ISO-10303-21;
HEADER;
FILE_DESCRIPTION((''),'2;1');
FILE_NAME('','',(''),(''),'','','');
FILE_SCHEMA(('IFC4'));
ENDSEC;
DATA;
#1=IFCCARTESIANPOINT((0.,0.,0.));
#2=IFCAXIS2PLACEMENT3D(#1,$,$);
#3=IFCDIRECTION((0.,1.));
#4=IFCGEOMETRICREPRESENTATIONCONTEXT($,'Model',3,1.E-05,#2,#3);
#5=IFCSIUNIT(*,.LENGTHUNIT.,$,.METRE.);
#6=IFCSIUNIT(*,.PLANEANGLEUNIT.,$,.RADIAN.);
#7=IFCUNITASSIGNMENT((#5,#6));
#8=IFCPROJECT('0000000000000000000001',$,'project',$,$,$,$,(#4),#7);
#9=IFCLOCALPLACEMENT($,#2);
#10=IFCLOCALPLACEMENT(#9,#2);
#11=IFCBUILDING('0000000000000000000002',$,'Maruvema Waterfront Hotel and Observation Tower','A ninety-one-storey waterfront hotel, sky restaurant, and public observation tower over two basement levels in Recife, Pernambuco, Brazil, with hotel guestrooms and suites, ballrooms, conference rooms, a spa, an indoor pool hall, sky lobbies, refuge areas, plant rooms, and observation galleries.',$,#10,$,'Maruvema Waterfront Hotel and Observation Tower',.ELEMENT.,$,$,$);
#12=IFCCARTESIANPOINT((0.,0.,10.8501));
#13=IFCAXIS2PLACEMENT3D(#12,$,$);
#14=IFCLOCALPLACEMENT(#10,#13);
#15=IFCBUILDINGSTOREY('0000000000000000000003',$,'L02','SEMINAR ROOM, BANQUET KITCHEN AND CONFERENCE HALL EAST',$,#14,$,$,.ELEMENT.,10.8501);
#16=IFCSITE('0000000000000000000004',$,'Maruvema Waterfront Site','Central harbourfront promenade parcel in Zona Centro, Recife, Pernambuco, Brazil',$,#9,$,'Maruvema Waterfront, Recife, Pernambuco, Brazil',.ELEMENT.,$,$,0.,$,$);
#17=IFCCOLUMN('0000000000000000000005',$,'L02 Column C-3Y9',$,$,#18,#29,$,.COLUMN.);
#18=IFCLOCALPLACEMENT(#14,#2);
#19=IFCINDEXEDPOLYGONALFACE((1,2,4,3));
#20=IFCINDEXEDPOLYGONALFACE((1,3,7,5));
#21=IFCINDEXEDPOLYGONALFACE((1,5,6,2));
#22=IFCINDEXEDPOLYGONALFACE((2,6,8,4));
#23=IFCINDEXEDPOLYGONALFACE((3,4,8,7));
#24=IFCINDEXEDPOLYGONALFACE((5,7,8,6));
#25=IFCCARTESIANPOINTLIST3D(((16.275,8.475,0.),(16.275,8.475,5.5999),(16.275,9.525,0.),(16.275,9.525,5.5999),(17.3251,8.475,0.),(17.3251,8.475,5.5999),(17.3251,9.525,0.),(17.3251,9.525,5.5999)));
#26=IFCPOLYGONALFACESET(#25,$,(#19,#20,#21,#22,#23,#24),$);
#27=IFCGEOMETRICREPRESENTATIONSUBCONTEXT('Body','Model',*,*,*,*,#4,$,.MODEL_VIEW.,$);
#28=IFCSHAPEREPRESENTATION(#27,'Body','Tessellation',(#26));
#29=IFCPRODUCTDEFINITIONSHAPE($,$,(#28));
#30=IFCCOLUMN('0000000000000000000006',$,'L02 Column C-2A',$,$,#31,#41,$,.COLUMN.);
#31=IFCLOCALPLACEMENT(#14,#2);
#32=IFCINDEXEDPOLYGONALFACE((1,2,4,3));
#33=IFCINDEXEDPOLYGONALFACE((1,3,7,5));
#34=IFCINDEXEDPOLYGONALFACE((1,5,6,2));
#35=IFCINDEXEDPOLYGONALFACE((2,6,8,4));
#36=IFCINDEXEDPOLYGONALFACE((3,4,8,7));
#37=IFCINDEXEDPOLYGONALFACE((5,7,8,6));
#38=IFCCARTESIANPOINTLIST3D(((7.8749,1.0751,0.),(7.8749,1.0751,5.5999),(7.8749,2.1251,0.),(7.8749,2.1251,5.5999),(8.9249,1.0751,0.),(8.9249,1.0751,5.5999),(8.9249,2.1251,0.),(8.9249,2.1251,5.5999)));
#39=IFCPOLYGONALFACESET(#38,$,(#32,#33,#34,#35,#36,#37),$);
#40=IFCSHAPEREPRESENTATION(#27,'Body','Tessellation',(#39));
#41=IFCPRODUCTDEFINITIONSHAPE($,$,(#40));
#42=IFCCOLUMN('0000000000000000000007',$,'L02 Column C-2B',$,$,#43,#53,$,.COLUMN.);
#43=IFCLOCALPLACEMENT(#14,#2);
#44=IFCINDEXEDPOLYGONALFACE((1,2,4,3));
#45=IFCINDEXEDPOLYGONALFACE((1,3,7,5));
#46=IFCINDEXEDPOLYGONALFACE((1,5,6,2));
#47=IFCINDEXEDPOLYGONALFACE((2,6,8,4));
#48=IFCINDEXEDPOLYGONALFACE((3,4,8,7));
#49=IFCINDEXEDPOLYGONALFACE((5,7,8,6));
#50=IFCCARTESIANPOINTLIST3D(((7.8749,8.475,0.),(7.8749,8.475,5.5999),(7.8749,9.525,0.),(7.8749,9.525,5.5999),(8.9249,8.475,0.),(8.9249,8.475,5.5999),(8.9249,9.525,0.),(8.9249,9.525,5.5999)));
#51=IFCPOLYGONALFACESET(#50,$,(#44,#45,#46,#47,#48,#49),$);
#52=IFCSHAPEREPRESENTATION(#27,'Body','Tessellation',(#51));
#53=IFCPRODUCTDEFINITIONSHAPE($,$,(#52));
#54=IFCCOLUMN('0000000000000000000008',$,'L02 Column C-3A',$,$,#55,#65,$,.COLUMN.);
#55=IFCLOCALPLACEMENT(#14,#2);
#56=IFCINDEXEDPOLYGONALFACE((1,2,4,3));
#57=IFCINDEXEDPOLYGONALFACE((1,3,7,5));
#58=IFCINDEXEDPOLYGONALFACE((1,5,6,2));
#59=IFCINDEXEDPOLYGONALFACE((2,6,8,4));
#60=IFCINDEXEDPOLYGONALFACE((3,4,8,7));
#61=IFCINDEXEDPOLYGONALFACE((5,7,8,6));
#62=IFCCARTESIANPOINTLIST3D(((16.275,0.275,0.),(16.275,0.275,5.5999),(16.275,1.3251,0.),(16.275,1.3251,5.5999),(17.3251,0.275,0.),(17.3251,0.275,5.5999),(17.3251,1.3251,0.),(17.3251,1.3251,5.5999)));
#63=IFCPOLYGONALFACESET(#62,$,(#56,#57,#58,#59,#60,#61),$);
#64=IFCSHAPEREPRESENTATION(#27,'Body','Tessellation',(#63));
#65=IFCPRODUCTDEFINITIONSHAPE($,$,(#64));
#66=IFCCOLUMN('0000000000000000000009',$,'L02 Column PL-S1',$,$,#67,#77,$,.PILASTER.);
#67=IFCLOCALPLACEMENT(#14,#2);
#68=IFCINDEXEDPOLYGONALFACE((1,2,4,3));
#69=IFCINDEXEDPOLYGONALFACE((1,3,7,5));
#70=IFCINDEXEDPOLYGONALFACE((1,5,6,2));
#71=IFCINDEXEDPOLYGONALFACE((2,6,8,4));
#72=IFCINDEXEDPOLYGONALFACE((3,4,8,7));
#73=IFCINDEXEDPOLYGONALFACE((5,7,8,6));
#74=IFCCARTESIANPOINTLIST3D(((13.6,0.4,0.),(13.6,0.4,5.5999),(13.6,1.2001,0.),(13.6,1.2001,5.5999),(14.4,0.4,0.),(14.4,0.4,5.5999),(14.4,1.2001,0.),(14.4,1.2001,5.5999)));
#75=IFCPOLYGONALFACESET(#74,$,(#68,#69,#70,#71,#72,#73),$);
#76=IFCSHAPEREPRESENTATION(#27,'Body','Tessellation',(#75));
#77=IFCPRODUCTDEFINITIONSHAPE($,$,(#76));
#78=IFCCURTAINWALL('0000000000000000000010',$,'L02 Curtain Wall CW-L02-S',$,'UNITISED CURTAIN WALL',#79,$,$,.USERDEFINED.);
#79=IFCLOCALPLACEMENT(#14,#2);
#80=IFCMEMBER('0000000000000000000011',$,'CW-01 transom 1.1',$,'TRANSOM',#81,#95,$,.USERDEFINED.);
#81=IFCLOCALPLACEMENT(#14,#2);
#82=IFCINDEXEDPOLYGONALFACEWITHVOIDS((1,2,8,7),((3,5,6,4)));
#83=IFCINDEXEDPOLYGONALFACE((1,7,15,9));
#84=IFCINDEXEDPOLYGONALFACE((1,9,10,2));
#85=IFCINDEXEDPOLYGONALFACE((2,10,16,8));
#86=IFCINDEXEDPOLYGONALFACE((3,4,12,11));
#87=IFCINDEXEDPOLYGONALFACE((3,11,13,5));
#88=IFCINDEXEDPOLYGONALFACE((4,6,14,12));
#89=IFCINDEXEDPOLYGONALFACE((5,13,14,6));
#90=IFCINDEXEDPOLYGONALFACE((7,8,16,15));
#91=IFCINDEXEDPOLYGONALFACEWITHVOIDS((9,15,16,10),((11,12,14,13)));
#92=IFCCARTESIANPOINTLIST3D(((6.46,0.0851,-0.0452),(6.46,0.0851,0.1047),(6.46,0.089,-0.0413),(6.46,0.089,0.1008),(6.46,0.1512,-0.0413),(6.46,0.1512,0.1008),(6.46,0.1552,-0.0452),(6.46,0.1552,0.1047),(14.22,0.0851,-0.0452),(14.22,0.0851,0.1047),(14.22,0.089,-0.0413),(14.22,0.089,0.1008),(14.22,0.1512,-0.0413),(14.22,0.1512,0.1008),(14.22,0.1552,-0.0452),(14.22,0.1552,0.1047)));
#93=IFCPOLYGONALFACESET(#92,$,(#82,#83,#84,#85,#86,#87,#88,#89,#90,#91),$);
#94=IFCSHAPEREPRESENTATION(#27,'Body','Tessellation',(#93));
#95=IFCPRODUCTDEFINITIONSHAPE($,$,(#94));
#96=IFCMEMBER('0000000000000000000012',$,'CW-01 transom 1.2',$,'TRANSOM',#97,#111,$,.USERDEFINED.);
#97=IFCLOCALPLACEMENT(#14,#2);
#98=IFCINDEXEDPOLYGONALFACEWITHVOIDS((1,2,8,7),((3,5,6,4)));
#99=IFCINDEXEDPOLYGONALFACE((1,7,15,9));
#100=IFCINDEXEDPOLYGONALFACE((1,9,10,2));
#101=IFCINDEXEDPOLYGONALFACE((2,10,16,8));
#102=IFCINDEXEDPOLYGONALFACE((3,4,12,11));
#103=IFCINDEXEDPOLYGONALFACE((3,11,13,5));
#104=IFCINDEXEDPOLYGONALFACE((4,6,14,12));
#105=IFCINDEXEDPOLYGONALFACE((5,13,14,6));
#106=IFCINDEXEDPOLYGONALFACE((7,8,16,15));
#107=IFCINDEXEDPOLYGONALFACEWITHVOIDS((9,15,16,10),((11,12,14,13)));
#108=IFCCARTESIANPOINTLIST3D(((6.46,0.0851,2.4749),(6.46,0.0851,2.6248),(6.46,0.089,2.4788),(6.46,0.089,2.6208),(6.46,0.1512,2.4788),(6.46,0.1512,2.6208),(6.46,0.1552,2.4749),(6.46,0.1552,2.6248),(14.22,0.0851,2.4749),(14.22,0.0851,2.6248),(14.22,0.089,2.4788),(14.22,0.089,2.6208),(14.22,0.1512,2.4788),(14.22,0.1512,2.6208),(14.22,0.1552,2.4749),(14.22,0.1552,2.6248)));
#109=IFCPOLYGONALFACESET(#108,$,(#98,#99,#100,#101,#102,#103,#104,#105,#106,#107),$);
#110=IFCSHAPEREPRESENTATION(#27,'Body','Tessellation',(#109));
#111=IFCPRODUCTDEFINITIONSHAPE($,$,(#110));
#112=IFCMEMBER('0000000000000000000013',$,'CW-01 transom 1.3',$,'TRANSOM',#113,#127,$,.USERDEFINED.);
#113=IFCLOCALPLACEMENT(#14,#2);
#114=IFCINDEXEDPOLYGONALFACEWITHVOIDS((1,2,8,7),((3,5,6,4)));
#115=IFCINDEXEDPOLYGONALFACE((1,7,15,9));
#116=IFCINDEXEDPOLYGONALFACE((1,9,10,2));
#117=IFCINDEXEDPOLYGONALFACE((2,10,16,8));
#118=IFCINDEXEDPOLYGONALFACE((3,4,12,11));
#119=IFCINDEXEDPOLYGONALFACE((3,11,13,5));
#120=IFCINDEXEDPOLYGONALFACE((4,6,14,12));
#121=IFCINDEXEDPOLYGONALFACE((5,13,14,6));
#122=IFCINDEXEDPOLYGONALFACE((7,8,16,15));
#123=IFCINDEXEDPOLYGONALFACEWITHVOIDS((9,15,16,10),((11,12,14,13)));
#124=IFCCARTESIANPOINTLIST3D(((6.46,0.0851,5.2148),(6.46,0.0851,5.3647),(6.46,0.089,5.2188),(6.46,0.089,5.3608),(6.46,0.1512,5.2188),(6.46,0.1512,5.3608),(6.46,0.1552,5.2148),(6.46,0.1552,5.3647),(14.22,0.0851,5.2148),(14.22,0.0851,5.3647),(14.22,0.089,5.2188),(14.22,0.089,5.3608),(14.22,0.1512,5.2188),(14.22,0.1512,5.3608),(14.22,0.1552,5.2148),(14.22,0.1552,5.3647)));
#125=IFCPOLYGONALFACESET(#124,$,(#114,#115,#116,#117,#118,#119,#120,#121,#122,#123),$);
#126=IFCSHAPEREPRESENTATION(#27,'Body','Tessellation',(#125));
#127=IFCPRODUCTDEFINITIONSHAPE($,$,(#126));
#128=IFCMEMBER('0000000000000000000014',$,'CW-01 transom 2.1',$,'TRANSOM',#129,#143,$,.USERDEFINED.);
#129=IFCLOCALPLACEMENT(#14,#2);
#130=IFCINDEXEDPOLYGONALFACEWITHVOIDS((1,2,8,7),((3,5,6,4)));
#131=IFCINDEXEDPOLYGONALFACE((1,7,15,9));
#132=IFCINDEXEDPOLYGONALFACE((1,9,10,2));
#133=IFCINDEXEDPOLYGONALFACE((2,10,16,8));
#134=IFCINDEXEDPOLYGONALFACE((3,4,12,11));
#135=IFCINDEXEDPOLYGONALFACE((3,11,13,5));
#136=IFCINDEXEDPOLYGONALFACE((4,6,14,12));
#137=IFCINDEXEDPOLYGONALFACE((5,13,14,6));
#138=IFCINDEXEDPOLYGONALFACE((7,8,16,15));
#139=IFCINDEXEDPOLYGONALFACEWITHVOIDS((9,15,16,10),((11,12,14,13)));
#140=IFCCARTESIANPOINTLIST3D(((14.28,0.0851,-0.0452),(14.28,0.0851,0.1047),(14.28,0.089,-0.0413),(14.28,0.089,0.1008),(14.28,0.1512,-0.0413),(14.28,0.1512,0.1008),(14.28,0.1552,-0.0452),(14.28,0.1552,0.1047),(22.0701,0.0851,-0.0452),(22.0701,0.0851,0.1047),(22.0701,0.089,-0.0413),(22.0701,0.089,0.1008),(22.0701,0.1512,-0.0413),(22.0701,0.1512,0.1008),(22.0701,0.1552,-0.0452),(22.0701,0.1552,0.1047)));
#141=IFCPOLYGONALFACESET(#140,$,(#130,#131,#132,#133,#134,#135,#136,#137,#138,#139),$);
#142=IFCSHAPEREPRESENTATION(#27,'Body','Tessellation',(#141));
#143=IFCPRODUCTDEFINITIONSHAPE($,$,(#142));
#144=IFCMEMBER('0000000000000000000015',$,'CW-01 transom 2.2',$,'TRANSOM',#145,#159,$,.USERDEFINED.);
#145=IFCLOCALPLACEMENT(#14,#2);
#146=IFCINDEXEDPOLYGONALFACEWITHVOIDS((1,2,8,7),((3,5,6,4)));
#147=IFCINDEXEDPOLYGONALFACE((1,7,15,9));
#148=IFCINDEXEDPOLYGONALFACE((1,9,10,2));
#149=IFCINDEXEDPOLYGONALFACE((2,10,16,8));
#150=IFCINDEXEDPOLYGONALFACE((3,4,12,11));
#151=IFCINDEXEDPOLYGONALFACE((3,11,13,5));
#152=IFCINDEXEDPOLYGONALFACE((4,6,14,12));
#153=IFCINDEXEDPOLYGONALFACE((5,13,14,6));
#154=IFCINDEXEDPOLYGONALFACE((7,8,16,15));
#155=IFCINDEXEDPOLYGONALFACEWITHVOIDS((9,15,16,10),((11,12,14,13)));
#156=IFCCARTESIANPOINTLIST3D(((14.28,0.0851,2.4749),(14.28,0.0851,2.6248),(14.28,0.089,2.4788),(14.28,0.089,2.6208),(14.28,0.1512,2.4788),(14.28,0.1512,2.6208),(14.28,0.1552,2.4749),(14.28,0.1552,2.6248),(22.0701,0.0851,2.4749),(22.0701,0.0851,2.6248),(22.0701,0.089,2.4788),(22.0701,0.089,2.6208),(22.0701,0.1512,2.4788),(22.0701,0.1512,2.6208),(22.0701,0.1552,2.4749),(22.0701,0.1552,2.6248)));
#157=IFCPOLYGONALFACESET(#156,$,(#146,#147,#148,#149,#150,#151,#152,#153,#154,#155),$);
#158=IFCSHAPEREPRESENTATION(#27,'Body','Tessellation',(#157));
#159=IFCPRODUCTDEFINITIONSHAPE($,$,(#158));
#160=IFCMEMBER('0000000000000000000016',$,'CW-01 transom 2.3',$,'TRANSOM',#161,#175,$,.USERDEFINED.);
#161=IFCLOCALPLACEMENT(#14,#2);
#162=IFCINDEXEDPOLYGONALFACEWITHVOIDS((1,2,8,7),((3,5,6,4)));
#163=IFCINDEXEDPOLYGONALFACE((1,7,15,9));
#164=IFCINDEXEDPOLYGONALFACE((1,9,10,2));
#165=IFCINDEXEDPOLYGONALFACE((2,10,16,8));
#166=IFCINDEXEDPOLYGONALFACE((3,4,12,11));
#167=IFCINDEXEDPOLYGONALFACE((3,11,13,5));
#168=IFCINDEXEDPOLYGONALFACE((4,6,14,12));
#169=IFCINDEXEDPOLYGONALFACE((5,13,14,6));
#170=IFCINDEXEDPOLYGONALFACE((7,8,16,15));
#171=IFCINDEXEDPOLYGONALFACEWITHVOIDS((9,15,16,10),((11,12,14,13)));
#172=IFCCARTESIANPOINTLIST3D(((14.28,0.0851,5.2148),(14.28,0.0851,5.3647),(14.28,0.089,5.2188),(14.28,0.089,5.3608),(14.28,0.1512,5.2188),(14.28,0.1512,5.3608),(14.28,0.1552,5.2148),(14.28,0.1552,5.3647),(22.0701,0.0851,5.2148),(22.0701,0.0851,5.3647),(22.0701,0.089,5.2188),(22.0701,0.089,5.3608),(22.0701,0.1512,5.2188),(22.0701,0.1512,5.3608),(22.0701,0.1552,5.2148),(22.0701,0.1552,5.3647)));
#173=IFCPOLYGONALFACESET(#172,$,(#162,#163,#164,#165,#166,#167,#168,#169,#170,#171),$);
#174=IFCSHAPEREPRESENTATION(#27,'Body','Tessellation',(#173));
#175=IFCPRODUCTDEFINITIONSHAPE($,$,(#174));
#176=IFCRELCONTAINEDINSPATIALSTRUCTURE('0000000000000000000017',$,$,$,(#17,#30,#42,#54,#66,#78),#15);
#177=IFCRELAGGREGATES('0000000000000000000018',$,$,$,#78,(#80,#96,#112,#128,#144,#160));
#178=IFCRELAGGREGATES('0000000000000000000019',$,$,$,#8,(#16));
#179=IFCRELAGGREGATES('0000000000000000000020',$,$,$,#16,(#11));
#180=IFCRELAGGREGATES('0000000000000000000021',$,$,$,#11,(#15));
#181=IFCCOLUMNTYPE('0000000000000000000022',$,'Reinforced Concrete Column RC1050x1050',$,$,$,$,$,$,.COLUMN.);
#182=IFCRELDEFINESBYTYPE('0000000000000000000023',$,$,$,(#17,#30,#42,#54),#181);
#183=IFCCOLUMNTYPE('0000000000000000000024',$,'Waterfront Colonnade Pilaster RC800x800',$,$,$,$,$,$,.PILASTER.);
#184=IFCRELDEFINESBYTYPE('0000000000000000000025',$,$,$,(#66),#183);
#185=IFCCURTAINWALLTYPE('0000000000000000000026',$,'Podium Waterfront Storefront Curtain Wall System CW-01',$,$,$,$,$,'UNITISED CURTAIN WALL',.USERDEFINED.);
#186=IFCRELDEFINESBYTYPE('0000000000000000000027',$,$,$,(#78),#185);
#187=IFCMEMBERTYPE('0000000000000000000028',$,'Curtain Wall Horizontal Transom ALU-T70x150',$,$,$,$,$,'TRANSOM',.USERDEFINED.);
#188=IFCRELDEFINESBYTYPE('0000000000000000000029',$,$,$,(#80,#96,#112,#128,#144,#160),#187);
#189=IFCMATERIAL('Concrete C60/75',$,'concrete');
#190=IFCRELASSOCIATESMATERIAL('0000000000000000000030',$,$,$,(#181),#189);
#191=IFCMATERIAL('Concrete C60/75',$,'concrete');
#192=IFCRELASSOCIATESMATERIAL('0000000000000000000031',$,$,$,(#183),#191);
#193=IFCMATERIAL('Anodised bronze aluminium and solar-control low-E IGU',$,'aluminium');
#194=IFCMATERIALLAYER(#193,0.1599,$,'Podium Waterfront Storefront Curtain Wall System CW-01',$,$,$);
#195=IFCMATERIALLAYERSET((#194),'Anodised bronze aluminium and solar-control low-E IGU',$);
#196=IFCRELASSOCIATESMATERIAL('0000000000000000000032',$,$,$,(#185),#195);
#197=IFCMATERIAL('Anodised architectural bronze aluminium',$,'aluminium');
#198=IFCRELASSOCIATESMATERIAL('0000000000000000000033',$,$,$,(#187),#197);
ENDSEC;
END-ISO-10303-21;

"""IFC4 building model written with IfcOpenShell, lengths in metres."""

from ifc_helpers import new_model, si_unit, direction, frame, origin, origin_2d, place, context, subcontext, project, spatial, rectangle, hollow_rectangle, extrude, material, layer, layer_set, material_profile, profile_set, type_object, element, aggregate, save


model = new_model("IFC4")

# Units and contexts
model_context = context("Model", 3, precision=1e-05, world=origin(), true_north=direction((0.0, 1.0)))
body_context = subcontext(model_context, "Body", "Model", "MODEL_VIEW")
ifc_project = project(units=[si_unit("LENGTHUNIT", "METRE"), si_unit("PLANEANGLEUNIT", "RADIAN")], contexts=[model_context])

# Site, building, storey
site_placement = place(None, origin())
site = spatial("IfcSite", under=ifc_project, at=site_placement, Name="Maruvema Waterfront Site", Description="Central harbourfront promenade parcel in Zona Centro, Recife, Pernambuco, Brazil", LongName="Maruvema Waterfront, Recife, Pernambuco, Brazil", CompositionType="ELEMENT", RefElevation=0.0)
building_placement = place(site_placement, origin())
building = spatial("IfcBuilding", under=site, at=building_placement, Name="Maruvema Waterfront Hotel and Observation Tower", Description="A ninety-one-storey waterfront hotel, sky restaurant, and public observation tower over two basement levels in Recife, Pernambuco, Brazil, with hotel guestrooms and suites, ballrooms, conference rooms, a spa, an indoor pool hall, sky lobbies, refuge areas, plant rooms, and observation galleries.", LongName="Maruvema Waterfront Hotel and Observation Tower", CompositionType="ELEMENT")
storey_placement = place(building_placement, frame((0.0, 0.0, 10.8501)))
storey = spatial("IfcBuildingStorey", under=building, at=storey_placement, Name="L02", Description="SEMINAR ROOM, BANQUET KITCHEN AND CONFERENCE HALL EAST", CompositionType="ELEMENT", Elevation=10.8501)

# Columns
ifc_material_1 = material(Name="Concrete C60/75", Category="concrete")
ifc_material_profile_1 = material_profile(ifc_material_1, rectangle(XDim=1.05, YDim=1.05, at=origin_2d()), Name="RC1050x1050")
ifc_profile_set_1 = profile_set([ifc_material_profile_1], Name="Concrete C60/75")
column_type_1 = type_object("IfcColumnType", Name="Reinforced Concrete Column RC1050x1050", PredefinedType="COLUMN", material=ifc_profile_set_1)
for number, where, z_axis, x_axis, name in (
    (1, (16.8, 9.0, 0.0), (0.0, 0.0, 1.0), (1.0, 0.0, 0.0), "L02 Column C-3Y9"),
    (2, (8.3999, 1.6001, 0.0), (0.0, 0.0, 1.0), (1.0, 0.0, 0.0), "L02 Column C-2A"),
    (3, (8.3999, 9.0, 0.0), (0.0, 0.0, 1.0), (1.0, 0.0, 0.0), "L02 Column C-2B"),
    (4, (16.8, 0.8, 0.0), (0.0, 0.0, 1.0), (1.0, 0.0, 0.0), "L02 Column C-3A"),
):
    element("IfcColumn", number, at=place(storey_placement, frame(where, z_axis=z_axis, x_axis=x_axis)), inside=storey, type_object=column_type_1, Name=name, PredefinedType="COLUMN", context=body_context, shape_type="SweptSolid", body=[
        extrude(rectangle(XDim=1.05, YDim=1.05, at=origin_2d()), origin(), (0.0, 0.0, 1.0), 5.5999),
    ])
ifc_material_2 = material(Name="Concrete C60/75", Category="concrete")
ifc_material_profile_2 = material_profile(ifc_material_2, rectangle(XDim=0.8, YDim=0.8, at=origin_2d()), Name="RC800x800")
ifc_profile_set_2 = profile_set([ifc_material_profile_2], Name="Concrete C60/75")
column_type_2 = type_object("IfcColumnType", Name="Waterfront Colonnade Pilaster RC800x800", PredefinedType="PILASTER", material=ifc_profile_set_2)
column_placement = place(storey_placement, frame((14.0, 0.8, 0.0), z_axis=(0.0, 0.0, 1.0), x_axis=(1.0, 0.0, 0.0)))
element("IfcColumn", 5, at=column_placement, inside=storey, type_object=column_type_2, Name="L02 Column PL-S1", PredefinedType="PILASTER", context=body_context, shape_type="SweptSolid", body=[
    extrude(rectangle(XDim=0.8, YDim=0.8, at=origin_2d()), origin(), (0.0, 0.0, 1.0), 5.5999),
])

# Curtain wall, members
ifc_material_3 = material(Name="Anodised bronze aluminium and solar-control low-E IGU", Category="aluminium")
ifc_layer_1 = layer(ifc_material_3, 0.1599, Name="Podium Waterfront Storefront Curtain Wall System CW-01")
ifc_layer_set_1 = layer_set([ifc_layer_1], Name="Anodised bronze aluminium and solar-control low-E IGU")
curtain_wall_type = type_object("IfcCurtainWallType", Name="Podium Waterfront Storefront Curtain Wall System CW-01", ElementType="UNITISED CURTAIN WALL", PredefinedType="USERDEFINED", material=ifc_layer_set_1)
curtain_wall_1_placement = place(storey_placement, origin())
curtain_wall_1 = element("IfcCurtainWall", 6, at=curtain_wall_1_placement, inside=storey, type_object=curtain_wall_type, Name="L02 Curtain Wall CW-L02-S", ObjectType="UNITISED CURTAIN WALL", PredefinedType="USERDEFINED")
ifc_material_4 = material(Name="Anodised architectural bronze aluminium", Category="aluminium")
ifc_material_profile_3 = material_profile(ifc_material_4, hollow_rectangle(XDim=0.0701, YDim=0.1499, WallThickness=0.0039, at=origin_2d()), Name="ALU-T70x150")
ifc_profile_set_3 = profile_set([ifc_material_profile_3], Name="Anodised architectural bronze aluminium")
member_type_1 = type_object("IfcMemberType", Name="Curtain Wall Horizontal Transom ALU-T70x150", ElementType="TRANSOM", PredefinedType="USERDEFINED", material=ifc_profile_set_3)
member_1_placement = place(storey_placement, frame((6.46, 0.1201, 0.0298), z_axis=(1.0, 0.0, 0.0), x_axis=(0.0, 1.0, 0.0)))
member_1 = element("IfcMember", 7, at=member_1_placement, type_object=member_type_1, Name="CW-01 transom 1.1", ObjectType="TRANSOM", PredefinedType="USERDEFINED", context=body_context, shape_type="SweptSolid", body=[
    extrude(hollow_rectangle(XDim=0.0701, YDim=0.1499, WallThickness=0.0039, at=origin_2d()), origin(), (0.0, 0.0, 1.0), 7.76),
])
member_2_placement = place(storey_placement, frame((6.46, 0.1201, 2.5498), z_axis=(1.0, 0.0, 0.0), x_axis=(0.0, 1.0, 0.0)))
member_2 = element("IfcMember", 8, at=member_2_placement, type_object=member_type_1, Name="CW-01 transom 1.2", ObjectType="TRANSOM", PredefinedType="USERDEFINED", context=body_context, shape_type="SweptSolid", body=[
    extrude(hollow_rectangle(XDim=0.0701, YDim=0.1499, WallThickness=0.0039, at=origin_2d()), origin(), (0.0, 0.0, 1.0), 7.76),
])
member_3_placement = place(storey_placement, frame((6.46, 0.1201, 5.2898), z_axis=(1.0, 0.0, 0.0), x_axis=(0.0, 1.0, 0.0)))
member_3 = element("IfcMember", 9, at=member_3_placement, type_object=member_type_1, Name="CW-01 transom 1.3", ObjectType="TRANSOM", PredefinedType="USERDEFINED", context=body_context, shape_type="SweptSolid", body=[
    extrude(hollow_rectangle(XDim=0.0701, YDim=0.1499, WallThickness=0.0039, at=origin_2d()), origin(), (0.0, 0.0, 1.0), 7.76),
])
member_4_placement = place(storey_placement, frame((14.28, 0.1201, 0.0298), z_axis=(1.0, 0.0, 0.0), x_axis=(0.0, 1.0, 0.0)))
member_4 = element("IfcMember", 10, at=member_4_placement, type_object=member_type_1, Name="CW-01 transom 2.1", ObjectType="TRANSOM", PredefinedType="USERDEFINED", context=body_context, shape_type="SweptSolid", body=[
    extrude(hollow_rectangle(XDim=0.0701, YDim=0.1499, WallThickness=0.0039, at=origin_2d()), origin(), (0.0, 0.0, 1.0), 7.79),
])
member_5_placement = place(storey_placement, frame((14.28, 0.1201, 2.5498), z_axis=(1.0, 0.0, 0.0), x_axis=(0.0, 1.0, 0.0)))
member_5 = element("IfcMember", 11, at=member_5_placement, type_object=member_type_1, Name="CW-01 transom 2.2", ObjectType="TRANSOM", PredefinedType="USERDEFINED", context=body_context, shape_type="SweptSolid", body=[
    extrude(hollow_rectangle(XDim=0.0701, YDim=0.1499, WallThickness=0.0039, at=origin_2d()), origin(), (0.0, 0.0, 1.0), 7.79),
])
member_6_placement = place(storey_placement, frame((14.28, 0.1201, 5.2898), z_axis=(1.0, 0.0, 0.0), x_axis=(0.0, 1.0, 0.0)))
member_6 = element("IfcMember", 12, at=member_6_placement, type_object=member_type_1, Name="CW-01 transom 2.3", ObjectType="TRANSOM", PredefinedType="USERDEFINED", context=body_context, shape_type="SweptSolid", body=[
    extrude(hollow_rectangle(XDim=0.0701, YDim=0.1499, WallThickness=0.0039, at=origin_2d()), origin(), (0.0, 0.0, 1.0), 7.79),
])

aggregate(curtain_wall_1, [member_1, member_2, member_3, member_4, member_5, member_6])

save(model, "model.ifc")
